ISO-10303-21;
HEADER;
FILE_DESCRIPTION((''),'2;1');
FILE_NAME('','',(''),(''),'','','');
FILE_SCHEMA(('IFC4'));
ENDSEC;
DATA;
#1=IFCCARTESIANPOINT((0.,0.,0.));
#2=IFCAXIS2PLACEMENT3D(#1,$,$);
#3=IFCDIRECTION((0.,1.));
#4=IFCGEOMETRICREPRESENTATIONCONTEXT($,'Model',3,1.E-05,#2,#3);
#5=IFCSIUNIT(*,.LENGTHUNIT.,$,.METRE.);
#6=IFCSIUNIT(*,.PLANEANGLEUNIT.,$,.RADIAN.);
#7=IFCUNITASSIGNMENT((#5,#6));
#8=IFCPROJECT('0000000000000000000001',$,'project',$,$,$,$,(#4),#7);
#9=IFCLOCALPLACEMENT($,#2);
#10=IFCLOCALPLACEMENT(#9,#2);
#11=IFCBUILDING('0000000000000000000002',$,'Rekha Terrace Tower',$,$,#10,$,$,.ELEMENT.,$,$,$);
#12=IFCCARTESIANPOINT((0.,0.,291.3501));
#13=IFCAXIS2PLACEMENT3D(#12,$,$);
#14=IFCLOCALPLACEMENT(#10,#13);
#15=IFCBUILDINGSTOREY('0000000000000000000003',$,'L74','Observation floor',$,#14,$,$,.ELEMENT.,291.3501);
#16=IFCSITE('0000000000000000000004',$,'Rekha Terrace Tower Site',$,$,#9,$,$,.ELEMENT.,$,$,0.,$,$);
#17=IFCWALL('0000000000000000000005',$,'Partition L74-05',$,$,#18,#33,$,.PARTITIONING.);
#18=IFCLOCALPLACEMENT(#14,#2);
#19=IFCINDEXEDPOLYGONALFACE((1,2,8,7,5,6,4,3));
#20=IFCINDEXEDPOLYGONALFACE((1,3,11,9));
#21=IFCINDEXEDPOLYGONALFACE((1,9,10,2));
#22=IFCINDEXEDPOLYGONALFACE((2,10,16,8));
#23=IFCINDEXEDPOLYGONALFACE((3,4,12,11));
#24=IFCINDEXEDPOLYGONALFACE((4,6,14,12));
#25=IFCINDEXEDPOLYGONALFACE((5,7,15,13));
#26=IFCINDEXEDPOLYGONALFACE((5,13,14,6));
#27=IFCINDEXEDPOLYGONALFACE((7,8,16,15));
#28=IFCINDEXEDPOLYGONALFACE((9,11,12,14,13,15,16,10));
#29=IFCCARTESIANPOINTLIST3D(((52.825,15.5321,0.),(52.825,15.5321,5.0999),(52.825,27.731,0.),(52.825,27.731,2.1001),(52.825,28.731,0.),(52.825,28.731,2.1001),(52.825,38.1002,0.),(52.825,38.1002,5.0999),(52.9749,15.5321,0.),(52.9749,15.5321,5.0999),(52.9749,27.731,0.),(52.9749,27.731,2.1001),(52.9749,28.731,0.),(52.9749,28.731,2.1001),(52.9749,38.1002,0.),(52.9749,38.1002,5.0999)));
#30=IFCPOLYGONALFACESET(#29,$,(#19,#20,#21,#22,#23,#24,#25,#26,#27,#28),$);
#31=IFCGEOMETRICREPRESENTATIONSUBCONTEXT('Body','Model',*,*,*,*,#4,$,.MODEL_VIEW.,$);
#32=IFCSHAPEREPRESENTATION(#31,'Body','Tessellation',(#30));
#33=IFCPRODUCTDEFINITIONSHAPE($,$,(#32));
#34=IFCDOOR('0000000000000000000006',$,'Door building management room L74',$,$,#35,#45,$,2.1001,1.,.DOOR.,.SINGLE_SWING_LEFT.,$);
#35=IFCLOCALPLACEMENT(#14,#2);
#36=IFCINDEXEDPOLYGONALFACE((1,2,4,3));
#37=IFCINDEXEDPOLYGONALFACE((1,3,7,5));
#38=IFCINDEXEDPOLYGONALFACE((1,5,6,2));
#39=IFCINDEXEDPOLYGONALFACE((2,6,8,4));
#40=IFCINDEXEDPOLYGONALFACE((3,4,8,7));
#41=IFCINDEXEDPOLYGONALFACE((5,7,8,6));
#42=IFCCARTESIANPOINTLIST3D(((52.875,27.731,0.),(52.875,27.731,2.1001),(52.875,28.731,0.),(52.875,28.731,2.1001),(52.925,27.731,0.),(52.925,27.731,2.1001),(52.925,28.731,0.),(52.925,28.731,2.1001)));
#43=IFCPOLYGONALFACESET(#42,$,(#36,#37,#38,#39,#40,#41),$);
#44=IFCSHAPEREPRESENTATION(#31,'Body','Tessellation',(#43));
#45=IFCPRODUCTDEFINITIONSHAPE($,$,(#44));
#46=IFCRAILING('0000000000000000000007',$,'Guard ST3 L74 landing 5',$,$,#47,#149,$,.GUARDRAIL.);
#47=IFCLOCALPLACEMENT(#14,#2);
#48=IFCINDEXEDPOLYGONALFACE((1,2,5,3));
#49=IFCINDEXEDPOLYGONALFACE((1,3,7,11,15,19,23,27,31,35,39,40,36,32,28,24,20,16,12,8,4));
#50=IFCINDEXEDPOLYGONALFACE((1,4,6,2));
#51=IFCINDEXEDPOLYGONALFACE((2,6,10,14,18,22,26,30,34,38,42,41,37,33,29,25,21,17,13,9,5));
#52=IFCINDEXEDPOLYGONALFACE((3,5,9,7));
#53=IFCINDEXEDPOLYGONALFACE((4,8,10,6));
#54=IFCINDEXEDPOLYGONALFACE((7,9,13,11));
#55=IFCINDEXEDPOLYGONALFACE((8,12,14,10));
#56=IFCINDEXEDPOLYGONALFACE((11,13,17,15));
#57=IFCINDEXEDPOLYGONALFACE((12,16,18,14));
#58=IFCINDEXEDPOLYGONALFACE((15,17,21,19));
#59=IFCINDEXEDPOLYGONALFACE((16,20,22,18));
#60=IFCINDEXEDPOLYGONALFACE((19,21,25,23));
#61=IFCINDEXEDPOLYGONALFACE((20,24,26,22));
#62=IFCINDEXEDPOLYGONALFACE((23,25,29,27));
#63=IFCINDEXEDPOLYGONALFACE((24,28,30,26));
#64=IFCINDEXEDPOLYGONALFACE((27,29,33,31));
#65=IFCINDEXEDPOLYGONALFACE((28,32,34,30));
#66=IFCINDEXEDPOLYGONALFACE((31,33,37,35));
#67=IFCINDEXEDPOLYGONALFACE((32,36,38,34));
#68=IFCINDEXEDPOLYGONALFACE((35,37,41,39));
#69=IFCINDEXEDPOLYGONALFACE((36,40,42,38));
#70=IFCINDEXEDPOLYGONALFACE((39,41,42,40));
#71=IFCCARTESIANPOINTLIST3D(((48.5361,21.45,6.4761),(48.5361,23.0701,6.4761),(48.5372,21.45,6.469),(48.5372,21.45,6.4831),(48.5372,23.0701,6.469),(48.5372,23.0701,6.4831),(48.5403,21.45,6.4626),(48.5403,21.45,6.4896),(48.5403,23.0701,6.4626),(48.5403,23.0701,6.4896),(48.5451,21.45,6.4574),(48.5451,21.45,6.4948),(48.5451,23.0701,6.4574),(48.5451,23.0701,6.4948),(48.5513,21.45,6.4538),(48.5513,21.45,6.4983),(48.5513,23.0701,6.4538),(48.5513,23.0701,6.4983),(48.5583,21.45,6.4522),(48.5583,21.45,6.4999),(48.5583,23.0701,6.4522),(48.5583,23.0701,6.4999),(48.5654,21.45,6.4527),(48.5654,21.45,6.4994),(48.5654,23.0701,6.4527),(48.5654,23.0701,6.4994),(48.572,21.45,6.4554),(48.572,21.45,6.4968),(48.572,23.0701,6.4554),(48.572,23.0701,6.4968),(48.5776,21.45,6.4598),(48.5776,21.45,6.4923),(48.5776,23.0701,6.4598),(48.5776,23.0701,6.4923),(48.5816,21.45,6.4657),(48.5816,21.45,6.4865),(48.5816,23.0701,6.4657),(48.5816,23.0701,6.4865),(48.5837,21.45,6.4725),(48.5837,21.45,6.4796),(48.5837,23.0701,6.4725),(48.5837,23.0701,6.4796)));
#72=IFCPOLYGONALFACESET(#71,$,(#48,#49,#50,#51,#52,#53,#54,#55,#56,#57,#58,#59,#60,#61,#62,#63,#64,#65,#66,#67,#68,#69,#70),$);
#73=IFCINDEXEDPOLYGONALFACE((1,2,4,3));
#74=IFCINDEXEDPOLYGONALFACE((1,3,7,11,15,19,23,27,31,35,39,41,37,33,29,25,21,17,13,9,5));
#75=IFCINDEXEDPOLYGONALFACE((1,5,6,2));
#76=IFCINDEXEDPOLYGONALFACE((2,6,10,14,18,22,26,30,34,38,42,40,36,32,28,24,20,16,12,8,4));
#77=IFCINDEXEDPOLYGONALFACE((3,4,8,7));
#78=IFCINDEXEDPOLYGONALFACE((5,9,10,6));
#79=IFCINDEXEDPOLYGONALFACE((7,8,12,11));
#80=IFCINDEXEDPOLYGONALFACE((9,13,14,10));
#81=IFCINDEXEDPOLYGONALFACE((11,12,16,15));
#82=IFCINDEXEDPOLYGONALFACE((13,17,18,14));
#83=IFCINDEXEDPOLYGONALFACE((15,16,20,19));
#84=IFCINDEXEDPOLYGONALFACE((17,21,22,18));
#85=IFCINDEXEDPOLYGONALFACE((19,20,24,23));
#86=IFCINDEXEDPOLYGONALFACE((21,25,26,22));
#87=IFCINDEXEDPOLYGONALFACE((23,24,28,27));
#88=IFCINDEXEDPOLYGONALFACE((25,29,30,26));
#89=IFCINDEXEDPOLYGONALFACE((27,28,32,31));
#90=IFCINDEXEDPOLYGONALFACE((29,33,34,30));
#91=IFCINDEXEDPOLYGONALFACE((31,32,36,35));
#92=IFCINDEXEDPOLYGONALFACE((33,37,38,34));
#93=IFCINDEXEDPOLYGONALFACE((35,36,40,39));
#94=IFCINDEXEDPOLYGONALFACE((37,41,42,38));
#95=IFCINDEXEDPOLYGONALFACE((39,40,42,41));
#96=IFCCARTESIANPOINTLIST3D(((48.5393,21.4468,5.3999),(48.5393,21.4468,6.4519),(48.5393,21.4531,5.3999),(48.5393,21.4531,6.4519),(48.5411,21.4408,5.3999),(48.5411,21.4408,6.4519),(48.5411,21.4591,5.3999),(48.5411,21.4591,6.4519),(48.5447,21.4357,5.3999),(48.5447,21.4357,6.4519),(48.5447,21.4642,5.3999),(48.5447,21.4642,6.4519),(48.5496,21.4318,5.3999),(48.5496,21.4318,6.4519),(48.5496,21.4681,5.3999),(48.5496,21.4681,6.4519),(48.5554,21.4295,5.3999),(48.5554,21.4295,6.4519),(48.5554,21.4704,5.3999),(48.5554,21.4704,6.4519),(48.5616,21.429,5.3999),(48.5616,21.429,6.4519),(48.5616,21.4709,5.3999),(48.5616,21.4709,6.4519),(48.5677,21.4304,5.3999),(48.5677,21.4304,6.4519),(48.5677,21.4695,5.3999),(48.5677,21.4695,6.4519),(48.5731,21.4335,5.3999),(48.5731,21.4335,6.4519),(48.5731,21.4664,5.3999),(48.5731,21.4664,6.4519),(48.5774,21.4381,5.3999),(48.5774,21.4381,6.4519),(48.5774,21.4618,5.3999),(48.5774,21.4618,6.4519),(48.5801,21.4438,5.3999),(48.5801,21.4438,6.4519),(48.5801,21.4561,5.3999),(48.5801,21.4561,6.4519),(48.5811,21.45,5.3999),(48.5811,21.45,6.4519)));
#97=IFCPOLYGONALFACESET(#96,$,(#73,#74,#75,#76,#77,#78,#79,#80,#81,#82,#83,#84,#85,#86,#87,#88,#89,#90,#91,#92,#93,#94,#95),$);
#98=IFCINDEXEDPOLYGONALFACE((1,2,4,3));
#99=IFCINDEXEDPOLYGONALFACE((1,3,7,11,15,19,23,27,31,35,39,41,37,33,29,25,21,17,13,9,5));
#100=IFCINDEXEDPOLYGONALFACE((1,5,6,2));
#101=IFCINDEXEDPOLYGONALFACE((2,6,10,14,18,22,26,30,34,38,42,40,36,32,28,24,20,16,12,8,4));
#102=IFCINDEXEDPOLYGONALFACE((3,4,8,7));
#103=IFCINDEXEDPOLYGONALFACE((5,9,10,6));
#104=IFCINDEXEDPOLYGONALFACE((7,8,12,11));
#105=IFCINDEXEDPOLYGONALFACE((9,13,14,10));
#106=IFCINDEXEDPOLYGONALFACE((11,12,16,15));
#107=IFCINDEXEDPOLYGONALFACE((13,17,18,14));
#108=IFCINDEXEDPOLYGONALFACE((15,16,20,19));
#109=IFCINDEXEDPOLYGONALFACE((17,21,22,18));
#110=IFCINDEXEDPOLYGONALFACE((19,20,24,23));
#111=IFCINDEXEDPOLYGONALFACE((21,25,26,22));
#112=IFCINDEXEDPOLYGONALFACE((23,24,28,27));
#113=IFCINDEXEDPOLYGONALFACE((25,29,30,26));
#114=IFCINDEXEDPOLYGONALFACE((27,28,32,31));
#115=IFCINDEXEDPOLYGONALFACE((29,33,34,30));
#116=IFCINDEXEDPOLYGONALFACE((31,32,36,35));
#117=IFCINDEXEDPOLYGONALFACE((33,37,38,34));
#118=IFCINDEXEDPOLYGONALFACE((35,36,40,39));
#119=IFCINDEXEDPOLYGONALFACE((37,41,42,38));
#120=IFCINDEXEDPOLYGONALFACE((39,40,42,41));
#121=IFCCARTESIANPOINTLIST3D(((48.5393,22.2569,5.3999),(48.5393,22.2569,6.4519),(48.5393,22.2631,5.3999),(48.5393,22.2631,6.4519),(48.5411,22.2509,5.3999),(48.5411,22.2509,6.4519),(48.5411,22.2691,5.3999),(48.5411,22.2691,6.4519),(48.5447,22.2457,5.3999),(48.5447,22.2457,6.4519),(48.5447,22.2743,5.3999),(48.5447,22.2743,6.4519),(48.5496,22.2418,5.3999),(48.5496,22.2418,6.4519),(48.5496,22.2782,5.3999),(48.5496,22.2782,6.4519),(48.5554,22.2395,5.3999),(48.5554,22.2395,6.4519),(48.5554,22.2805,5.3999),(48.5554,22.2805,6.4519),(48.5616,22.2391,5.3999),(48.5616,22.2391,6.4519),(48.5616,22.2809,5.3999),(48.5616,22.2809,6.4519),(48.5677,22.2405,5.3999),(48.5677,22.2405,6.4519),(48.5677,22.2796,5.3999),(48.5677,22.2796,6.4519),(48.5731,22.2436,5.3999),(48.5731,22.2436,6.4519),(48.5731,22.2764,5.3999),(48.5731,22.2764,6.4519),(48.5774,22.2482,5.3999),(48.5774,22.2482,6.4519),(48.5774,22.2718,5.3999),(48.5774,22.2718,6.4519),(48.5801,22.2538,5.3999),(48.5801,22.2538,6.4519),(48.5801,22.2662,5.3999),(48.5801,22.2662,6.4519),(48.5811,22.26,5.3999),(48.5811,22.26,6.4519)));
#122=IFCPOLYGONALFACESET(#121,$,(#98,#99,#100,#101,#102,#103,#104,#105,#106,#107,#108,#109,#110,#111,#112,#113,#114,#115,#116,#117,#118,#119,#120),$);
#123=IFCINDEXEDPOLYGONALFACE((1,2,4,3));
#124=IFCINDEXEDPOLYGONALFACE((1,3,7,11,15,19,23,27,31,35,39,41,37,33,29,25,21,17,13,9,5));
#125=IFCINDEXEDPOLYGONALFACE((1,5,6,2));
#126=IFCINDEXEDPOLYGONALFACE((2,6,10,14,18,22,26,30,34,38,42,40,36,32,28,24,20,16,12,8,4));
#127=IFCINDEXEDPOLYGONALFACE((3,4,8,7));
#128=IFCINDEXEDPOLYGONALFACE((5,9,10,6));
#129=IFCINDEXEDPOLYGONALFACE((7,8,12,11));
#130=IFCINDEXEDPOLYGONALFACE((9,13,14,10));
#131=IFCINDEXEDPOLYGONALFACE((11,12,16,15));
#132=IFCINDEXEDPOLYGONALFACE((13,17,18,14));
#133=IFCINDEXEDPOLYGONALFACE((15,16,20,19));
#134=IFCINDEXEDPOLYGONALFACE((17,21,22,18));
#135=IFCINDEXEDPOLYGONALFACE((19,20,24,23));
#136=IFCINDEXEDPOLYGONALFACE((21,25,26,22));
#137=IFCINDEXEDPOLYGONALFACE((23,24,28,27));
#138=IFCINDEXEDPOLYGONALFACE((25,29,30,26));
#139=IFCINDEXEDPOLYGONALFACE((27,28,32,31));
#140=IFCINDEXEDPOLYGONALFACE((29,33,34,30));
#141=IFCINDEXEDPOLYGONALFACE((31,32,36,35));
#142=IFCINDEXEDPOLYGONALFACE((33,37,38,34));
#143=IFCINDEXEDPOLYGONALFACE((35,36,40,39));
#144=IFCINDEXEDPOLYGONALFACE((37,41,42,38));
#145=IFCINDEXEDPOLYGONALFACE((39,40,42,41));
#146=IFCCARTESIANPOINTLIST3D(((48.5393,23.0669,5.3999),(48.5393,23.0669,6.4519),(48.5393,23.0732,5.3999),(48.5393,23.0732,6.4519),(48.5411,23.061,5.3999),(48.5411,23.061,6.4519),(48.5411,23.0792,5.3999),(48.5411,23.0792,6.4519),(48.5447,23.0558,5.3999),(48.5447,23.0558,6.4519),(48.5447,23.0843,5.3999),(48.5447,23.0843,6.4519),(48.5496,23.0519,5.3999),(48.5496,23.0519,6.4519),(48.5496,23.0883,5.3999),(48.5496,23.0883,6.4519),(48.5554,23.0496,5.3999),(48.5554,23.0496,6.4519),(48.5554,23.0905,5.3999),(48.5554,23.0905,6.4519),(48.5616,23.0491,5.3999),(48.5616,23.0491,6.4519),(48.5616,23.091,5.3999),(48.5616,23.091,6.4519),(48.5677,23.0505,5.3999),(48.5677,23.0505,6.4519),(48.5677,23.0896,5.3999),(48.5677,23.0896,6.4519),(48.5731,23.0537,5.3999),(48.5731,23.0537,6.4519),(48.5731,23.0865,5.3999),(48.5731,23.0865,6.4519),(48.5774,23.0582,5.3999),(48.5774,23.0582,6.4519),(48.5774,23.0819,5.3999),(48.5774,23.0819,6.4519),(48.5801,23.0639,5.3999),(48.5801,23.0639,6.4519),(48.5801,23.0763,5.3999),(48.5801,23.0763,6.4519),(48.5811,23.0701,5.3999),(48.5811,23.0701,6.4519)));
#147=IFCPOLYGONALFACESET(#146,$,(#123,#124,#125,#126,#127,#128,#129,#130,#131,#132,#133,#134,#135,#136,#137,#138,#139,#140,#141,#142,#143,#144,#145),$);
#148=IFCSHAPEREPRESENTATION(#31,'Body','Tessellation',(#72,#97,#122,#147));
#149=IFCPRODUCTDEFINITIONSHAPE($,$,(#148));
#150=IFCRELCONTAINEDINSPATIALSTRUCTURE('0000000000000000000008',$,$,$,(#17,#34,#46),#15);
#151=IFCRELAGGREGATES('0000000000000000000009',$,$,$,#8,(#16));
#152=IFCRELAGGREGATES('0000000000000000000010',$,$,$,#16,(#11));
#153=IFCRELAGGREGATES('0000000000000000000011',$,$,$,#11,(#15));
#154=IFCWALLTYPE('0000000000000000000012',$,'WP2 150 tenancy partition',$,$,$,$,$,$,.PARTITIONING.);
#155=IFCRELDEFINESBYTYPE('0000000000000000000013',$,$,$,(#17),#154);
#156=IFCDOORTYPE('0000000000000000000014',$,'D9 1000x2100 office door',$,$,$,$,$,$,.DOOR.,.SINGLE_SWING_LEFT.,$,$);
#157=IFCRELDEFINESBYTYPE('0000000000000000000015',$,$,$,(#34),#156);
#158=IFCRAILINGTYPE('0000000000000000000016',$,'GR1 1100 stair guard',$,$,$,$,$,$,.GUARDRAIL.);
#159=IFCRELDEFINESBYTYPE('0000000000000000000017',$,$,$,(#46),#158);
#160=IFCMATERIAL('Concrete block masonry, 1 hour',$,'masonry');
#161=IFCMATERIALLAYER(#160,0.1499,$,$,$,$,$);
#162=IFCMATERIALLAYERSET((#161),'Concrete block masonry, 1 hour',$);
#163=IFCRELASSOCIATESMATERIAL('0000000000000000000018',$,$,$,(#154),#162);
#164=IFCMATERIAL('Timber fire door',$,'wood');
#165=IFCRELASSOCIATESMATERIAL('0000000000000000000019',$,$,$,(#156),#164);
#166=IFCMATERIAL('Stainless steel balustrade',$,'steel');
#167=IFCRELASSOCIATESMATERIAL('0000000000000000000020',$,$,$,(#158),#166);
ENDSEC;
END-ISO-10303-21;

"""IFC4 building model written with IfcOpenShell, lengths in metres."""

from ifc_helpers import new_model, si_unit, direction, frame, frame_2d, origin, origin_2d, place, context, subcontext, project, spatial, rectangle, circle, extrude, material, layer, layer_set, type_object, element, fill, save


model = new_model("IFC4")

# Units and contexts
model_context = context("Model", 3, precision=1e-05, world=origin(), true_north=direction((0.0, 1.0)))
body_context = subcontext(model_context, "Body", "Model", "MODEL_VIEW")
ifc_project = project(units=[si_unit("LENGTHUNIT", "METRE"), si_unit("PLANEANGLEUNIT", "RADIAN")], contexts=[model_context])

# Site, building, storey
site_placement = place(None, origin())
site = spatial("IfcSite", under=ifc_project, at=site_placement, Name="Rekha Terrace Tower Site", CompositionType="ELEMENT", RefElevation=0.0)
building_placement = place(site_placement, origin())
building = spatial("IfcBuilding", under=site, at=building_placement, Name="Rekha Terrace Tower", CompositionType="ELEMENT")
storey_placement = place(building_placement, frame((0.0, 0.0, 291.3501)))
storey = spatial("IfcBuildingStorey", under=building, at=storey_placement, Name="L74", Description="Observation floor", CompositionType="ELEMENT", Elevation=291.3501)

# Shared definitions
ifc_material_1 = material(Name="Concrete block masonry, 1 hour", Category="masonry")
ifc_layer_1 = layer(ifc_material_1, 0.1499)
ifc_layer_set_1 = layer_set([ifc_layer_1], Name="Concrete block masonry, 1 hour")
wall_type_1 = type_object("IfcWallType", Name="WP2 150 tenancy partition", PredefinedType="PARTITIONING", material=ifc_layer_set_1)

# Wall, opening, door
wall_1_placement = place(storey_placement, frame((52.8999, 15.532, 0.0), z_axis=(0.0, 0.0, 1.0), x_axis=(0.0, 1.0, 0.0)))
wall_1 = element("IfcWall", 1, at=wall_1_placement, inside=storey, type_object=wall_type_1, Name="Partition L74-05", PredefinedType="PARTITIONING", context=body_context, shape_type="SweptSolid", body=[
    extrude(rectangle(XDim=22.5681, YDim=0.1499, at=frame_2d((11.2842, 0.0))), origin(), (0.0, 0.0, 1.0), 5.0999),
])
opening_1_placement = place(wall_1_placement, frame((12.199, 0.0, 0.0)))
opening_1 = element("IfcOpeningElement", 2, at=opening_1_placement, cuts=wall_1, PredefinedType="OPENING", context=body_context, shape_type="SweptSolid", body=[
    extrude(rectangle(XDim=1.0, YDim=2.1001, at=frame_2d((0.5, 1.05))), frame((0.0, 0.085, 0.0), z_axis=(0.0, -1.0, 0.0), x_axis=(1.0, 0.0, 0.0)), (0.0, 0.0, 1.0), 0.1699),
])
ifc_material_2 = material(Name="Timber fire door", Category="wood")
door_type_1 = type_object("IfcDoorType", Name="D9 1000x2100 office door", OperationType="SINGLE_SWING_LEFT", PredefinedType="DOOR", material=ifc_material_2)
door_1_placement = place(opening_1_placement, origin())
door_1 = element("IfcDoor", 3, at=door_1_placement, inside=storey, type_object=door_type_1, Name="Door building management room L74", OperationType="SINGLE_SWING_LEFT", OverallHeight=2.1001, OverallWidth=1.0, PredefinedType="DOOR", context=body_context, shape_type="SweptSolid", body=[
    extrude(rectangle(XDim=1.0, YDim=2.1001, at=frame_2d((0.5, 1.05))), frame((0.0, 0.0249, 0.0), z_axis=(0.0, -1.0, 0.0), x_axis=(1.0, 0.0, 0.0)), (0.0, 0.0, 1.0), 0.05),
])
fill(opening_1, door_1)

# Railing
ifc_material_3 = material(Name="Stainless steel balustrade", Category="steel")
railing_type_1 = type_object("IfcRailingType", Name="GR1 1100 stair guard", PredefinedType="GUARDRAIL", material=ifc_material_3)
railing_1_placement = place(storey_placement, frame((48.5601, 21.45, 5.3999)))
element("IfcRailing", 4, at=railing_1_placement, inside=storey, type_object=railing_type_1, Name="Guard ST3 L74 landing 5", PredefinedType="GUARDRAIL", context=body_context, shape_type="SweptSolid", body=[
    extrude(circle(Radius=0.0239, at=origin_2d()), frame((0.0, 0.0, 1.0762), z_axis=(0.0, 1.0, 0.0), x_axis=(-1.0, 0.0, 0.0)), (0.0, 0.0, 1.0), 1.6201),
    extrude(circle(Radius=0.021, at=origin_2d()), origin(), (0.0, 0.0, 1.0), 1.052),
    extrude(circle(Radius=0.021, at=origin_2d()), frame((0.0, 0.8101, 0.0)), (0.0, 0.0, 1.0), 1.052),
    extrude(circle(Radius=0.021, at=origin_2d()), frame((0.0, 1.6201, 0.0)), (0.0, 0.0, 1.0), 1.052),
])

save(model, "model.ifc")
